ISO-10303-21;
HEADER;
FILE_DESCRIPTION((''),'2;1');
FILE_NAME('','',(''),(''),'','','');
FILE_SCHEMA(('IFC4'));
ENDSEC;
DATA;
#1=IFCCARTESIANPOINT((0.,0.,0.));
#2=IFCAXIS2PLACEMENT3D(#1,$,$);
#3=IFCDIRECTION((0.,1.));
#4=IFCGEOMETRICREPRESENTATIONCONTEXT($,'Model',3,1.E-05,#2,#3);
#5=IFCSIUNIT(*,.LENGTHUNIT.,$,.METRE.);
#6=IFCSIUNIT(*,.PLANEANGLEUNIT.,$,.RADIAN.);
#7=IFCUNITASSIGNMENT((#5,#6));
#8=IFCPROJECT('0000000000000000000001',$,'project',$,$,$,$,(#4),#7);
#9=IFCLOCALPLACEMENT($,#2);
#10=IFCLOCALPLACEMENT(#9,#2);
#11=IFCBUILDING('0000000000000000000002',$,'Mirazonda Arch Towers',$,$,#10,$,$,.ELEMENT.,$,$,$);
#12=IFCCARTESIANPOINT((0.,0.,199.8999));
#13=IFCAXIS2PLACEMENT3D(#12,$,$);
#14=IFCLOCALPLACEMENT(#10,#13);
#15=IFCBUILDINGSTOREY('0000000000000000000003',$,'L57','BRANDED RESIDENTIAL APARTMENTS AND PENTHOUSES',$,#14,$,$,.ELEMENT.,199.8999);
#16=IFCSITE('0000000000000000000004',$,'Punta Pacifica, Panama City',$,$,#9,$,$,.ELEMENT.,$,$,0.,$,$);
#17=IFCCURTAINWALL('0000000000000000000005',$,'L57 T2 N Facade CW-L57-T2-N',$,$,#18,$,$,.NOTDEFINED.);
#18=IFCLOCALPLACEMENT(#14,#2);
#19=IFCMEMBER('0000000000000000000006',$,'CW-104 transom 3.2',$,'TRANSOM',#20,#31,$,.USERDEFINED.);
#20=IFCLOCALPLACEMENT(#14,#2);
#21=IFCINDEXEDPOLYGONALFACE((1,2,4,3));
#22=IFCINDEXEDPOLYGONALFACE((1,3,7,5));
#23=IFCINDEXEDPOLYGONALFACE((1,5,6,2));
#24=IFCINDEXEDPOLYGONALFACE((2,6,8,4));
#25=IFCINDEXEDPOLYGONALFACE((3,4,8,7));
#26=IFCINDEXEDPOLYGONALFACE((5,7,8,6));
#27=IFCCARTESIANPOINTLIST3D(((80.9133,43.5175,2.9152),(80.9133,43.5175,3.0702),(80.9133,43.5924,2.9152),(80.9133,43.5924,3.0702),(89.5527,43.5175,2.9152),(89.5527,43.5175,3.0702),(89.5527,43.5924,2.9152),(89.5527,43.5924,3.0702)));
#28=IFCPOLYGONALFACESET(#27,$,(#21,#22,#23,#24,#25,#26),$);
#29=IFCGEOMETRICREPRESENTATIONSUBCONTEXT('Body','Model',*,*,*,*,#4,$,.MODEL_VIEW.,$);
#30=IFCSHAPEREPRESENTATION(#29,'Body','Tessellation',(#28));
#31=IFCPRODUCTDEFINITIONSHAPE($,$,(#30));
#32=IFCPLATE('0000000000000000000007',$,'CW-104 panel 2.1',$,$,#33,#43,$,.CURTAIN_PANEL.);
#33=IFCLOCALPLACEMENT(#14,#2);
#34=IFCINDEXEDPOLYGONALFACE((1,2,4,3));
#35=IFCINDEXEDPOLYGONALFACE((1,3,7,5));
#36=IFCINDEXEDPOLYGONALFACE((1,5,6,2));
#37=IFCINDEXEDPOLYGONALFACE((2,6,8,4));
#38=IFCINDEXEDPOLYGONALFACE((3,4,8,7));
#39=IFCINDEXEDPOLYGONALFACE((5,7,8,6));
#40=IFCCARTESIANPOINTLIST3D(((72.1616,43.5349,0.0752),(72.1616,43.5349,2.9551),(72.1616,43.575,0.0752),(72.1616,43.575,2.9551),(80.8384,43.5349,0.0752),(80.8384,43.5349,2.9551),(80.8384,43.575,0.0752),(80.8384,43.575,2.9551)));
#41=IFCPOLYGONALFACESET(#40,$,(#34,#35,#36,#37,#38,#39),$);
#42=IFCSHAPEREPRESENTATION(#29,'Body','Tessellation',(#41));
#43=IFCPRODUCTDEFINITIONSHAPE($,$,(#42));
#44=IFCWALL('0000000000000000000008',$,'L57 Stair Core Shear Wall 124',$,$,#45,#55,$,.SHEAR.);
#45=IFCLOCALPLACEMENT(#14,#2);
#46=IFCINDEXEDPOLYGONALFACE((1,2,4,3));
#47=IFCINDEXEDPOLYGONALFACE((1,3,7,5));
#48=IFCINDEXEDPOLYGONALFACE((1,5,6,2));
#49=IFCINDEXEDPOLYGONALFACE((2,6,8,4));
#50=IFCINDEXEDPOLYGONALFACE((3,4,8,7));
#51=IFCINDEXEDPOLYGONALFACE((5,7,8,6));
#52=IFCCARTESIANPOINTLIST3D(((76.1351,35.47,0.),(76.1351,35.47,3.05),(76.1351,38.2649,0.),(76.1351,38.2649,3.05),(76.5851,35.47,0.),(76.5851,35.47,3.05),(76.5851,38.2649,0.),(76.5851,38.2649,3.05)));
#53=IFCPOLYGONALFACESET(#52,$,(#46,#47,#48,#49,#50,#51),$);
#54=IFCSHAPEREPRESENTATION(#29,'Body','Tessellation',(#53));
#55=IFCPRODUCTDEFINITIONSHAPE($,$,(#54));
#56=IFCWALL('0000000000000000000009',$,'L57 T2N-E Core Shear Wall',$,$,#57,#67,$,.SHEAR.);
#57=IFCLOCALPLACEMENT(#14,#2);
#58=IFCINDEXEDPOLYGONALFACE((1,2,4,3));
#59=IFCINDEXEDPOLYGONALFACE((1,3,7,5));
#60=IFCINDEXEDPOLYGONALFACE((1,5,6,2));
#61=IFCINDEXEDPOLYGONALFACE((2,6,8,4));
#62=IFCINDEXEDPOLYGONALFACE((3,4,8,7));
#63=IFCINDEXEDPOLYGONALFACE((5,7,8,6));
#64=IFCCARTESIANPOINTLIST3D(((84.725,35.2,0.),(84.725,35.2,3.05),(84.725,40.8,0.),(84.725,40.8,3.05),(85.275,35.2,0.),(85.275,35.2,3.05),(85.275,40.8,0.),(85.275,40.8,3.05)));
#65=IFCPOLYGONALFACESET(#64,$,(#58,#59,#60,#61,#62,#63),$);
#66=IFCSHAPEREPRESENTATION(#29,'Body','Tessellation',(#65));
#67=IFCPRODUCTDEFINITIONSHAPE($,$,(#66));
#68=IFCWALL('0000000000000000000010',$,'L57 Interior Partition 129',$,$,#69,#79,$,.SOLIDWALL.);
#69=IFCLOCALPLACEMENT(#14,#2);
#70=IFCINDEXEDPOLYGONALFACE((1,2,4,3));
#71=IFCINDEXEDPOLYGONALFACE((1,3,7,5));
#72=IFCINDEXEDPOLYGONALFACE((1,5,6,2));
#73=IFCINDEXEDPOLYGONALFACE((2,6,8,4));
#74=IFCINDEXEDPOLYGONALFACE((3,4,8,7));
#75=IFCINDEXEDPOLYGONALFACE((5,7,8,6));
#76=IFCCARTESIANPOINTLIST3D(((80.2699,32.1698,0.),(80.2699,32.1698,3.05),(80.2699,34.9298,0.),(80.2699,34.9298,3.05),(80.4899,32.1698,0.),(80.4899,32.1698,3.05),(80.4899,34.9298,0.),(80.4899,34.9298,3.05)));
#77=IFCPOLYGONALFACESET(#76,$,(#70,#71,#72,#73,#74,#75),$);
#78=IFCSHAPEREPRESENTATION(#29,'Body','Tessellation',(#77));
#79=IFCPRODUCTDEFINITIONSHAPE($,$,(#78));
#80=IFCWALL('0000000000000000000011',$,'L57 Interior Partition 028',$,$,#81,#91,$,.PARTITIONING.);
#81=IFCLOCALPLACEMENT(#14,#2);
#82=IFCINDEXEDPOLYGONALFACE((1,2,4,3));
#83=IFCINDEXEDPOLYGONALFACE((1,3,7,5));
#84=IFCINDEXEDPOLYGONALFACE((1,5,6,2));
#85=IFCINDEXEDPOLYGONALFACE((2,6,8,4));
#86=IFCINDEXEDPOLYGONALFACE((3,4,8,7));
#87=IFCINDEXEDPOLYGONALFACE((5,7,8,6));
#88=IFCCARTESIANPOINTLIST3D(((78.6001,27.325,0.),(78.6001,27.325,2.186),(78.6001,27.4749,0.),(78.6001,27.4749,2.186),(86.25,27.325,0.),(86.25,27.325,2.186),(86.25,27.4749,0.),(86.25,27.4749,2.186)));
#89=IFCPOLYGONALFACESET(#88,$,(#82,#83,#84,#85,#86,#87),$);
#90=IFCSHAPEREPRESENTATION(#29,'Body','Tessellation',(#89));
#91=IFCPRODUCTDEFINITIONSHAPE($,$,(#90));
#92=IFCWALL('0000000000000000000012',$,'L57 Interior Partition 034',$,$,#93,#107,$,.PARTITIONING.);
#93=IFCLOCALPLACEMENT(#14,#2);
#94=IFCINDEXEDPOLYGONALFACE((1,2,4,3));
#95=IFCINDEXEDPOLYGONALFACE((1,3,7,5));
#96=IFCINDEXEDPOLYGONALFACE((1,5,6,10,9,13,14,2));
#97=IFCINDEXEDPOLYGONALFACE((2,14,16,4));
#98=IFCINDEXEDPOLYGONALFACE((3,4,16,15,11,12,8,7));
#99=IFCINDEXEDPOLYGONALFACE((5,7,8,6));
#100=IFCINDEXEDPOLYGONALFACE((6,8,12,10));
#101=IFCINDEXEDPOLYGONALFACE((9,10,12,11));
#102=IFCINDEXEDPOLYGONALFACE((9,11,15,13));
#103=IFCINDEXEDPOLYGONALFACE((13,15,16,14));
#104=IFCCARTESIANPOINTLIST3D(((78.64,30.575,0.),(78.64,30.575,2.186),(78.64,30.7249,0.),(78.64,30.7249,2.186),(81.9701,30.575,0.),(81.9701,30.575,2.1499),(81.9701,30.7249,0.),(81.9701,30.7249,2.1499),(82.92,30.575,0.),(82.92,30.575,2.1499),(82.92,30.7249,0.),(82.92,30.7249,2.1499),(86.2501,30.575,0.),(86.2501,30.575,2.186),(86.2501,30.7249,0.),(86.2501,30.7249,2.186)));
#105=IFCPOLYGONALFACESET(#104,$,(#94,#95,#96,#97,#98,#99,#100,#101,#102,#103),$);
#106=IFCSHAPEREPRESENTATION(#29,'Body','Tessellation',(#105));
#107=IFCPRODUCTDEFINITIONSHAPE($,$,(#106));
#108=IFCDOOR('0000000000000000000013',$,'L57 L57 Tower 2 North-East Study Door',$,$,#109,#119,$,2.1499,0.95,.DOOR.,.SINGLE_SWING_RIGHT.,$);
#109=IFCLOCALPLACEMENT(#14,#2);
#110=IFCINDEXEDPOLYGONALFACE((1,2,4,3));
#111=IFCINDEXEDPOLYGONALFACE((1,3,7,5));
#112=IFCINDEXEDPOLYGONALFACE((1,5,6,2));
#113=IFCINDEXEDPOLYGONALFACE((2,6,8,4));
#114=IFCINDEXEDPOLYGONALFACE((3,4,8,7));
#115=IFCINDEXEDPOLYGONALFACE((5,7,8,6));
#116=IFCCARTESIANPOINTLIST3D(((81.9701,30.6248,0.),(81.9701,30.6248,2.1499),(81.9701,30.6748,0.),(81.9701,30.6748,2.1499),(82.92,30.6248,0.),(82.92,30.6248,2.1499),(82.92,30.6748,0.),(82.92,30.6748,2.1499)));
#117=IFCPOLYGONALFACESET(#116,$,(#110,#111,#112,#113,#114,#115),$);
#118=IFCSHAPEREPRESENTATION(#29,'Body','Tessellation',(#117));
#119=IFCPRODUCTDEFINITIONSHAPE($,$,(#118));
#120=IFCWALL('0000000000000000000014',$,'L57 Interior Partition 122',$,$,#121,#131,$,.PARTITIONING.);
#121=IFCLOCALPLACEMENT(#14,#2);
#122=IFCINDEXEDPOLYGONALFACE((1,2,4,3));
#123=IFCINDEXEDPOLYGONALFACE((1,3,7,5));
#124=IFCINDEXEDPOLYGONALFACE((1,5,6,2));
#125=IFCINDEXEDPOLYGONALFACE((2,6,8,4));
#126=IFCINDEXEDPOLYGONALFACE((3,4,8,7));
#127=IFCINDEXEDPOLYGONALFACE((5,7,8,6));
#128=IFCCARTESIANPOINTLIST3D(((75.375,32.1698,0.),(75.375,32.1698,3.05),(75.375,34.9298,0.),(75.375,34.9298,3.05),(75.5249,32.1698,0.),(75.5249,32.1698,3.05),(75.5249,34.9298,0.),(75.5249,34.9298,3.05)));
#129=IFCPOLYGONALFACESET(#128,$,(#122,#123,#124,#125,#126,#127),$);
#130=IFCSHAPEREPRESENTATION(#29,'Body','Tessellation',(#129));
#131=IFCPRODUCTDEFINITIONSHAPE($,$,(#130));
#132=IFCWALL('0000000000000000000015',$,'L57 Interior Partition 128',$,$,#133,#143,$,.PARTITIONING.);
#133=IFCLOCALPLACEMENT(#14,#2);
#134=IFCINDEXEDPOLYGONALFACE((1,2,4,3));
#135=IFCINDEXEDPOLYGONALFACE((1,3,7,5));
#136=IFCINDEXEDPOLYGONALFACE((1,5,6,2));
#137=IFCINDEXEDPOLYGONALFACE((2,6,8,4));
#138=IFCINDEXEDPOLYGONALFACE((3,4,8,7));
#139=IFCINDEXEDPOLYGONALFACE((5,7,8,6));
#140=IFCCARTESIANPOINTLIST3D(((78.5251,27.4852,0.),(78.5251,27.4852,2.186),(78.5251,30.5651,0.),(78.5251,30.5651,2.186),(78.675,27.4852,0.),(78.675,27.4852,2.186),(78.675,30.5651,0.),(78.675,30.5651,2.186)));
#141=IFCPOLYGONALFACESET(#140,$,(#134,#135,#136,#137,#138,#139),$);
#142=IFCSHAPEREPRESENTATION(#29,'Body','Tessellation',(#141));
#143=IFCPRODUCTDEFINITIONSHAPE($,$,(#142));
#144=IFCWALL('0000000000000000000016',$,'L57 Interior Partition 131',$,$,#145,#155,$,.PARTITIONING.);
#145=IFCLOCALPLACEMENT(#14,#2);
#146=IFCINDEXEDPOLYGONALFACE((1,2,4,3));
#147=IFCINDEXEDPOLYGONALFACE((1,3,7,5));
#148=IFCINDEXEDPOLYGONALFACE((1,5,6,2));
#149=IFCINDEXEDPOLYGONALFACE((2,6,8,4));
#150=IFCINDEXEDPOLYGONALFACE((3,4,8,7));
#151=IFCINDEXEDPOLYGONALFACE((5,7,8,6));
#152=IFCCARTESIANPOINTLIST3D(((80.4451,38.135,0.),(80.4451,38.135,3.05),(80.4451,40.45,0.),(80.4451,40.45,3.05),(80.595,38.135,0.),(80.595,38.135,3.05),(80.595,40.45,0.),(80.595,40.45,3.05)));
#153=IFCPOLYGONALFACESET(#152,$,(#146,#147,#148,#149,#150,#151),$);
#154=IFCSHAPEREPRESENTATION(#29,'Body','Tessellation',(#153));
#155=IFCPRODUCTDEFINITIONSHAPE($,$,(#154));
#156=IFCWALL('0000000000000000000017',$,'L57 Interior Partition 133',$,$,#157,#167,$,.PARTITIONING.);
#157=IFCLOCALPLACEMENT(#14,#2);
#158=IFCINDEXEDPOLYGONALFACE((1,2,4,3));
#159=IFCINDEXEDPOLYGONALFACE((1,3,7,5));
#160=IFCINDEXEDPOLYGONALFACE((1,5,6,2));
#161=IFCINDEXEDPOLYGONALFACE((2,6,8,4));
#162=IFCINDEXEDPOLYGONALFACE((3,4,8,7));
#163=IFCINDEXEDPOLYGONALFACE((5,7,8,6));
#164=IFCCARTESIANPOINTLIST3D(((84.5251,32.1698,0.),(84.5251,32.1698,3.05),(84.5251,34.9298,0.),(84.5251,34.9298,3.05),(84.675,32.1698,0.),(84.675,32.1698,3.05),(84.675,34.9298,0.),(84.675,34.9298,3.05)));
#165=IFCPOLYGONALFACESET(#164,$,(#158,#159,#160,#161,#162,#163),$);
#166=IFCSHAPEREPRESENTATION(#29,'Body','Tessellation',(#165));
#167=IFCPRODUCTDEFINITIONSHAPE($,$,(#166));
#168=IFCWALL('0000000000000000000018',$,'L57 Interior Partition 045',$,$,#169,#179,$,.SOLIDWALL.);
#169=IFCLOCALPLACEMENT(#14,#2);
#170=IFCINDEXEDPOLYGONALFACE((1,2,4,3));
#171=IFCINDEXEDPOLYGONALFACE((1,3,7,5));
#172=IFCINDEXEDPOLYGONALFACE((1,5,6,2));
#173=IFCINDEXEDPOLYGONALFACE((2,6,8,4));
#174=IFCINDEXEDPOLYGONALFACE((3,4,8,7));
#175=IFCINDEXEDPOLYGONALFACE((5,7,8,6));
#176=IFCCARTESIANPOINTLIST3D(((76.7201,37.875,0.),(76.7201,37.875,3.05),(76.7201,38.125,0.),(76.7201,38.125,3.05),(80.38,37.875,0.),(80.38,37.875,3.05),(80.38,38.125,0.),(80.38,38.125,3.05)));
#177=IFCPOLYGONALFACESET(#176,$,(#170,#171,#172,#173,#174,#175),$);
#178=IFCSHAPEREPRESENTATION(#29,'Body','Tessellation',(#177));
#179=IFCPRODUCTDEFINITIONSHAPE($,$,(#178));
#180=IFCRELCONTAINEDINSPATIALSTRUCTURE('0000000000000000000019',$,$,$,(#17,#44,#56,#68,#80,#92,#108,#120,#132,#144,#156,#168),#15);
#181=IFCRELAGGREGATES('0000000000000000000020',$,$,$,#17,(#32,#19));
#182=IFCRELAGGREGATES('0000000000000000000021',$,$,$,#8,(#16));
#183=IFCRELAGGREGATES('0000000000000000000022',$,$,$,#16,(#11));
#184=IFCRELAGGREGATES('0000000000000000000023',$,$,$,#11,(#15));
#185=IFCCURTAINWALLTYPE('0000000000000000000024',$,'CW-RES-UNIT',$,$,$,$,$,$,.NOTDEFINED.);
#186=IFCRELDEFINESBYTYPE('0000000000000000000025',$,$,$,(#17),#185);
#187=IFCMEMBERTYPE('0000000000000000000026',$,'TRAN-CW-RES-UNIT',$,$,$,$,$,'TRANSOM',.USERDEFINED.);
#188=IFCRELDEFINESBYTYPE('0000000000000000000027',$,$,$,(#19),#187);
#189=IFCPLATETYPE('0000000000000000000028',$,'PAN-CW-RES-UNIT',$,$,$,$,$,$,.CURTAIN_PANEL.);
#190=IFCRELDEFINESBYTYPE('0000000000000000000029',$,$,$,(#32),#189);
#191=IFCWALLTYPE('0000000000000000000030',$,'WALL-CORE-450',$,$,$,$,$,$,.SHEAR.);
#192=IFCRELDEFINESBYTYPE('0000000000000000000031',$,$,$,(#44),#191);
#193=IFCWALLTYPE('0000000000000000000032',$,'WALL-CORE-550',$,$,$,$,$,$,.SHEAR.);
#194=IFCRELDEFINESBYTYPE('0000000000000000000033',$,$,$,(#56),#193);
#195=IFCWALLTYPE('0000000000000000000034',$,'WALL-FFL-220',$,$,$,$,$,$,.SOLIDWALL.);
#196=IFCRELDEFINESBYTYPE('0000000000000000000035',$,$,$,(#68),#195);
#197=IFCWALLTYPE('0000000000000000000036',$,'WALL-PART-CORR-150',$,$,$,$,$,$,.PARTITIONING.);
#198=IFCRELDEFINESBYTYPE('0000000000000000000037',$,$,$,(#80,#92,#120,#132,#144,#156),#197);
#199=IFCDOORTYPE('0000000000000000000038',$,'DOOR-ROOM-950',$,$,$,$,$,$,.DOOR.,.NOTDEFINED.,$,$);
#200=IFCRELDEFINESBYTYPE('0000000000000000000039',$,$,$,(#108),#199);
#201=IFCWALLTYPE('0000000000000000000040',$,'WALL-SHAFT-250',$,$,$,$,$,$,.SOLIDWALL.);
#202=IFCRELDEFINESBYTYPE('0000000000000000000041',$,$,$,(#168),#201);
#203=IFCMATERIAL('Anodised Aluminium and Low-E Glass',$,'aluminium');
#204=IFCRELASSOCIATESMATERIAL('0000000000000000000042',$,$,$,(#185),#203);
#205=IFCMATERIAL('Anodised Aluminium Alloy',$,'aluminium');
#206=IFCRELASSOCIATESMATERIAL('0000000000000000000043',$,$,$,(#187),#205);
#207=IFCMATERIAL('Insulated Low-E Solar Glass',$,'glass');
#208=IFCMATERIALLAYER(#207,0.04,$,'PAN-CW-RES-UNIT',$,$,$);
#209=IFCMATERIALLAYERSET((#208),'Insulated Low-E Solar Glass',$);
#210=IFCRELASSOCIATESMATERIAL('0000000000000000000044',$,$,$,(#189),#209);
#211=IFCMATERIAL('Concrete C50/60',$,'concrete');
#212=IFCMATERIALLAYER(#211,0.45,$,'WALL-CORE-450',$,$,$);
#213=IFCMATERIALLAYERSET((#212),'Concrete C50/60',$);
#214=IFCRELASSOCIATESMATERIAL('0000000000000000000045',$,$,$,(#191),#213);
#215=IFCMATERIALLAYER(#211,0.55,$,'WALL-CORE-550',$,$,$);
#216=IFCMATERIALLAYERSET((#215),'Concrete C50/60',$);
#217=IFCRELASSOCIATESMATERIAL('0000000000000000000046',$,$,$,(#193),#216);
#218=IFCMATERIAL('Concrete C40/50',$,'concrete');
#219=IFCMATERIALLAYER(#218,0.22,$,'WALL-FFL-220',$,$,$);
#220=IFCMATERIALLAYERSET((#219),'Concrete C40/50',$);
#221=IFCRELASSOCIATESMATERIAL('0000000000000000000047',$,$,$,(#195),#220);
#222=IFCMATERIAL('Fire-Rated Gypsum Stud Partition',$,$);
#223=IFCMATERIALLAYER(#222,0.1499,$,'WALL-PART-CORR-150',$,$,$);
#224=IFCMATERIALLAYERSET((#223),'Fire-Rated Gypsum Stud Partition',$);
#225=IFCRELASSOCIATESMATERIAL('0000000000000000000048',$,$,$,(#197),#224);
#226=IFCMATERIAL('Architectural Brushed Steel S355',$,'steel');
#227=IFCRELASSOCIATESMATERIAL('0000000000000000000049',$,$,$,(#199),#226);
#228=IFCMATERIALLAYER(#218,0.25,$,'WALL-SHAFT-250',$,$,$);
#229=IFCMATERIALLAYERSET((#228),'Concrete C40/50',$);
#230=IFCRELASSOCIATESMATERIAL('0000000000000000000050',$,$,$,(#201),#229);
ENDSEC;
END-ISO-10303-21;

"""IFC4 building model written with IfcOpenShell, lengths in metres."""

from ifc_helpers import new_model, si_unit, direction, frame, frame_2d, origin, origin_2d, place, context, subcontext, project, spatial, rectangle, extrude, material, layer, layer_set, material_profile, profile_set, type_object, element, fill, aggregate, save


model = new_model("IFC4")

# Units and contexts
model_context = context("Model", 3, precision=1e-05, world=origin(), true_north=direction((0.0, 1.0)))
body_context = subcontext(model_context, "Body", "Model", "MODEL_VIEW")
ifc_project = project(units=[si_unit("LENGTHUNIT", "METRE"), si_unit("PLANEANGLEUNIT", "RADIAN")], contexts=[model_context])

# Site, building, storey
site_placement = place(None, origin())
site = spatial("IfcSite", under=ifc_project, at=site_placement, Name="Punta Pacifica, Panama City", CompositionType="ELEMENT", RefElevation=0.0)
building_placement = place(site_placement, origin())
building = spatial("IfcBuilding", under=site, at=building_placement, Name="Mirazonda Arch Towers", CompositionType="ELEMENT")
storey_placement = place(building_placement, frame((0.0, 0.0, 199.8999)))
storey = spatial("IfcBuildingStorey", under=building, at=storey_placement, Name="L57", Description="BRANDED RESIDENTIAL APARTMENTS AND PENTHOUSES", CompositionType="ELEMENT", Elevation=199.8999)

# Shared definitions
ifc_material_1 = material(Name="Concrete C50/60", Category="concrete")

# Curtain wall, member, plate
ifc_material_2 = material(Name="Anodised Aluminium and Low-E Glass", Category="aluminium")
curtain_wall_type = type_object("IfcCurtainWallType", Name="CW-RES-UNIT", PredefinedType="NOTDEFINED", material=ifc_material_2)
curtain_wall_placement = place(storey_placement, origin())
curtain_wall = element("IfcCurtainWall", 1, at=curtain_wall_placement, inside=storey, type_object=curtain_wall_type, Name="L57 T2 N Facade CW-L57-T2-N", PredefinedType="NOTDEFINED")
ifc_material_3 = material(Name="Anodised Aluminium Alloy", Category="aluminium")
ifc_material_profile_1 = material_profile(ifc_material_3, rectangle(XDim=0.075, YDim=0.155, at=origin_2d()), Name="ALU-TRAN-75x155")
ifc_profile_set_1 = profile_set([ifc_material_profile_1], Name="Anodised Aluminium Alloy")
member_type_1 = type_object("IfcMemberType", Name="TRAN-CW-RES-UNIT", ElementType="TRANSOM", PredefinedType="USERDEFINED", material=ifc_profile_set_1)
member_1_placement = place(storey_placement, frame((80.9133, 43.5549, 2.9927), z_axis=(1.0, 0.0, 0.0), x_axis=(0.0, 1.0, 0.0)))
member_1 = element("IfcMember", 2, at=member_1_placement, type_object=member_type_1, Name="CW-104 transom 3.2", ObjectType="TRANSOM", PredefinedType="USERDEFINED", context=body_context, shape_type="SweptSolid", body=[
    extrude(rectangle(XDim=0.075, YDim=0.155, at=origin_2d()), origin(), (0.0, 0.0, 1.0), 8.6394),
])
ifc_material_4 = material(Name="Insulated Low-E Solar Glass", Category="glass")
ifc_layer_1 = layer(ifc_material_4, 0.04, Name="PAN-CW-RES-UNIT")
ifc_layer_set_1 = layer_set([ifc_layer_1], Name="Insulated Low-E Solar Glass")
plate_type = type_object("IfcPlateType", Name="PAN-CW-RES-UNIT", PredefinedType="CURTAIN_PANEL", material=ifc_layer_set_1)
plate_placement = place(storey_placement, frame((76.5, 43.5549, 0.0752), z_axis=(0.0, 0.0, 1.0), x_axis=(1.0, 0.0, 0.0)))
plate = element("IfcPlate", 3, at=plate_placement, type_object=plate_type, Name="CW-104 panel 2.1", PredefinedType="CURTAIN_PANEL", context=body_context, shape_type="SweptSolid", body=[
    extrude(rectangle(XDim=8.6768, YDim=0.04, at=origin_2d()), origin(), (0.0, 0.0, 1.0), 2.8799),
])
aggregate(curtain_wall, [plate, member_1])

# Walls
ifc_layer_2 = layer(ifc_material_1, 0.45, Name="WALL-CORE-450")
ifc_layer_set_2 = layer_set([ifc_layer_2], Name="Concrete C50/60")
wall_type_1 = type_object("IfcWallType", Name="WALL-CORE-450", PredefinedType="SHEAR", material=ifc_layer_set_2)
wall_1_placement = place(storey_placement, frame((76.3601, 35.47, 0.0), z_axis=(0.0, 0.0, 1.0), x_axis=(0.0, 1.0, 0.0)))
element("IfcWall", 4, at=wall_1_placement, inside=storey, type_object=wall_type_1, Name="L57 Stair Core Shear Wall 124", PredefinedType="SHEAR", context=body_context, shape_type="SweptSolid", body=[
    extrude(rectangle(XDim=2.7949, YDim=0.45, at=frame_2d((1.3975, 0.0))), origin(), (0.0, 0.0, 1.0), 3.05),
])
ifc_layer_3 = layer(ifc_material_1, 0.55, Name="WALL-CORE-550")
ifc_layer_set_3 = layer_set([ifc_layer_3], Name="Concrete C50/60")
wall_type_2 = type_object("IfcWallType", Name="WALL-CORE-550", PredefinedType="SHEAR", material=ifc_layer_set_3)
wall_2_placement = place(storey_placement, frame((85.0, 35.2, 0.0), z_axis=(0.0, 0.0, 1.0), x_axis=(0.0, 1.0, 0.0)))
element("IfcWall", 5, at=wall_2_placement, inside=storey, type_object=wall_type_2, Name="L57 T2N-E Core Shear Wall", PredefinedType="SHEAR", context=body_context, shape_type="SweptSolid", body=[
    extrude(rectangle(XDim=5.6001, YDim=0.55, at=frame_2d((2.8, 0.0))), origin(), (0.0, 0.0, 1.0), 3.05),
])
ifc_material_5 = material(Name="Concrete C40/50", Category="concrete")
ifc_layer_4 = layer(ifc_material_5, 0.22, Name="WALL-FFL-220")
ifc_layer_set_4 = layer_set([ifc_layer_4], Name="Concrete C40/50")
wall_type_3 = type_object("IfcWallType", Name="WALL-FFL-220", PredefinedType="SOLIDWALL", material=ifc_layer_set_4)
wall_3_placement = place(storey_placement, frame((80.3799, 32.1699, 0.0), z_axis=(0.0, 0.0, 1.0), x_axis=(0.0, 1.0, 0.0)))
element("IfcWall", 6, at=wall_3_placement, inside=storey, type_object=wall_type_3, Name="L57 Interior Partition 129", PredefinedType="SOLIDWALL", context=body_context, shape_type="SweptSolid", body=[
    extrude(rectangle(XDim=2.76, YDim=0.22, at=frame_2d((1.3799, 0.0))), origin(), (0.0, 0.0, 1.0), 3.05),
])
ifc_material_6 = material(Name="Fire-Rated Gypsum Stud Partition")
ifc_layer_5 = layer(ifc_material_6, 0.1499, Name="WALL-PART-CORR-150")
ifc_layer_set_5 = layer_set([ifc_layer_5], Name="Fire-Rated Gypsum Stud Partition")
wall_type_4 = type_object("IfcWallType", Name="WALL-PART-CORR-150", PredefinedType="PARTITIONING", material=ifc_layer_set_5)
wall_4_placement = place(storey_placement, frame((78.6001, 27.3999, 0.0), z_axis=(0.0, 0.0, 1.0), x_axis=(1.0, 0.0, 0.0)))
element("IfcWall", 7, at=wall_4_placement, inside=storey, type_object=wall_type_4, Name="L57 Interior Partition 028", PredefinedType="PARTITIONING", context=body_context, shape_type="SweptSolid", body=[
    extrude(rectangle(XDim=7.6499, YDim=0.1499, at=frame_2d((3.825, 0.0))), origin(), (0.0, 0.0, 1.0), 2.186),
])

# Wall, opening, door
wall_5_placement = place(storey_placement, frame((78.6399, 30.6499, 0.0), z_axis=(0.0, 0.0, 1.0), x_axis=(1.0, 0.0, 0.0)))
wall_5 = element("IfcWall", 8, at=wall_5_placement, inside=storey, type_object=wall_type_4, Name="L57 Interior Partition 034", PredefinedType="PARTITIONING", context=body_context, shape_type="SweptSolid", body=[
    extrude(rectangle(XDim=7.6101, YDim=0.1499, at=frame_2d((3.8052, 0.0))), origin(), (0.0, 0.0, 1.0), 2.186),
])
opening_placement = place(wall_5_placement, frame((3.3301, 0.0, 0.0)))
opening = element("IfcOpeningElement", 9, at=opening_placement, cuts=wall_5, PredefinedType="OPENING", context=body_context, shape_type="SweptSolid", body=[
    extrude(rectangle(XDim=0.95, YDim=2.1499, at=frame_2d((0.4751, 1.075))), frame((0.0, 0.085, 0.0), z_axis=(0.0, -1.0, 0.0), x_axis=(1.0, 0.0, 0.0)), (0.0, 0.0, 1.0), 0.1699),
])
ifc_material_7 = material(Name="Architectural Brushed Steel S355", Category="steel")
door_type = type_object("IfcDoorType", Name="DOOR-ROOM-950", OperationType="NOTDEFINED", PredefinedType="DOOR", material=ifc_material_7)
door_placement = place(opening_placement, origin())
door = element("IfcDoor", 10, at=door_placement, inside=storey, type_object=door_type, Name="L57 L57 Tower 2 North-East Study Door", OperationType="SINGLE_SWING_RIGHT", OverallHeight=2.1499, OverallWidth=0.95, PredefinedType="DOOR", context=body_context, shape_type="SweptSolid", body=[
    extrude(rectangle(XDim=0.95, YDim=2.1499, at=frame_2d((0.4751, 1.075))), frame((0.0, 0.0249, 0.0), z_axis=(0.0, -1.0, 0.0), x_axis=(1.0, 0.0, 0.0)), (0.0, 0.0, 1.0), 0.05),
])
fill(opening, door)

# Walls
wall_6_placement = place(storey_placement, frame((75.45, 32.1699, 0.0), z_axis=(0.0, 0.0, 1.0), x_axis=(0.0, 1.0, 0.0)))
element("IfcWall", 11, at=wall_6_placement, inside=storey, type_object=wall_type_4, Name="L57 Interior Partition 122", PredefinedType="PARTITIONING", context=body_context, shape_type="SweptSolid", body=[
    extrude(rectangle(XDim=2.76, YDim=0.1499, at=frame_2d((1.3799, 0.0))), origin(), (0.0, 0.0, 1.0), 3.05),
])
wall_7_placement = place(storey_placement, frame((78.6001, 27.4851, 0.0), z_axis=(0.0, 0.0, 1.0), x_axis=(0.0, 1.0, 0.0)))
element("IfcWall", 12, at=wall_7_placement, inside=storey, type_object=wall_type_4, Name="L57 Interior Partition 128", PredefinedType="PARTITIONING", context=body_context, shape_type="SweptSolid", body=[
    extrude(rectangle(XDim=3.0798, YDim=0.1499, at=frame_2d((1.54, 0.0))), origin(), (0.0, 0.0, 1.0), 2.186),
])
wall_8_placement = place(storey_placement, frame((80.52, 38.135, 0.0), z_axis=(0.0, 0.0, 1.0), x_axis=(0.0, 1.0, 0.0)))
element("IfcWall", 13, at=wall_8_placement, inside=storey, type_object=wall_type_4, Name="L57 Interior Partition 131", PredefinedType="PARTITIONING", context=body_context, shape_type="SweptSolid", body=[
    extrude(rectangle(XDim=2.3149, YDim=0.1499, at=frame_2d((1.1575, 0.0))), origin(), (0.0, 0.0, 1.0), 3.05),
])
wall_9_placement = place(storey_placement, frame((84.6001, 32.1699, 0.0), z_axis=(0.0, 0.0, 1.0), x_axis=(0.0, 1.0, 0.0)))
element("IfcWall", 14, at=wall_9_placement, inside=storey, type_object=wall_type_4, Name="L57 Interior Partition 133", PredefinedType="PARTITIONING", context=body_context, shape_type="SweptSolid", body=[
    extrude(rectangle(XDim=2.76, YDim=0.1499, at=frame_2d((1.3799, 0.0))), origin(), (0.0, 0.0, 1.0), 3.05),
])
ifc_layer_6 = layer(ifc_material_5, 0.25, Name="WALL-SHAFT-250")
ifc_layer_set_6 = layer_set([ifc_layer_6], Name="Concrete C40/50")
wall_type_5 = type_object("IfcWallType", Name="WALL-SHAFT-250", PredefinedType="SOLIDWALL", material=ifc_layer_set_6)
wall_10_placement = place(storey_placement, frame((76.72, 38.0, 0.0), z_axis=(0.0, 0.0, 1.0), x_axis=(1.0, 0.0, 0.0)))
element("IfcWall", 15, at=wall_10_placement, inside=storey, type_object=wall_type_5, Name="L57 Interior Partition 045", PredefinedType="SOLIDWALL", context=body_context, shape_type="SweptSolid", body=[
    extrude(rectangle(XDim=3.6599, YDim=0.25, at=frame_2d((1.8301, 0.0))), origin(), (0.0, 0.0, 1.0), 3.05),
])

save(model, "model.ifc")
